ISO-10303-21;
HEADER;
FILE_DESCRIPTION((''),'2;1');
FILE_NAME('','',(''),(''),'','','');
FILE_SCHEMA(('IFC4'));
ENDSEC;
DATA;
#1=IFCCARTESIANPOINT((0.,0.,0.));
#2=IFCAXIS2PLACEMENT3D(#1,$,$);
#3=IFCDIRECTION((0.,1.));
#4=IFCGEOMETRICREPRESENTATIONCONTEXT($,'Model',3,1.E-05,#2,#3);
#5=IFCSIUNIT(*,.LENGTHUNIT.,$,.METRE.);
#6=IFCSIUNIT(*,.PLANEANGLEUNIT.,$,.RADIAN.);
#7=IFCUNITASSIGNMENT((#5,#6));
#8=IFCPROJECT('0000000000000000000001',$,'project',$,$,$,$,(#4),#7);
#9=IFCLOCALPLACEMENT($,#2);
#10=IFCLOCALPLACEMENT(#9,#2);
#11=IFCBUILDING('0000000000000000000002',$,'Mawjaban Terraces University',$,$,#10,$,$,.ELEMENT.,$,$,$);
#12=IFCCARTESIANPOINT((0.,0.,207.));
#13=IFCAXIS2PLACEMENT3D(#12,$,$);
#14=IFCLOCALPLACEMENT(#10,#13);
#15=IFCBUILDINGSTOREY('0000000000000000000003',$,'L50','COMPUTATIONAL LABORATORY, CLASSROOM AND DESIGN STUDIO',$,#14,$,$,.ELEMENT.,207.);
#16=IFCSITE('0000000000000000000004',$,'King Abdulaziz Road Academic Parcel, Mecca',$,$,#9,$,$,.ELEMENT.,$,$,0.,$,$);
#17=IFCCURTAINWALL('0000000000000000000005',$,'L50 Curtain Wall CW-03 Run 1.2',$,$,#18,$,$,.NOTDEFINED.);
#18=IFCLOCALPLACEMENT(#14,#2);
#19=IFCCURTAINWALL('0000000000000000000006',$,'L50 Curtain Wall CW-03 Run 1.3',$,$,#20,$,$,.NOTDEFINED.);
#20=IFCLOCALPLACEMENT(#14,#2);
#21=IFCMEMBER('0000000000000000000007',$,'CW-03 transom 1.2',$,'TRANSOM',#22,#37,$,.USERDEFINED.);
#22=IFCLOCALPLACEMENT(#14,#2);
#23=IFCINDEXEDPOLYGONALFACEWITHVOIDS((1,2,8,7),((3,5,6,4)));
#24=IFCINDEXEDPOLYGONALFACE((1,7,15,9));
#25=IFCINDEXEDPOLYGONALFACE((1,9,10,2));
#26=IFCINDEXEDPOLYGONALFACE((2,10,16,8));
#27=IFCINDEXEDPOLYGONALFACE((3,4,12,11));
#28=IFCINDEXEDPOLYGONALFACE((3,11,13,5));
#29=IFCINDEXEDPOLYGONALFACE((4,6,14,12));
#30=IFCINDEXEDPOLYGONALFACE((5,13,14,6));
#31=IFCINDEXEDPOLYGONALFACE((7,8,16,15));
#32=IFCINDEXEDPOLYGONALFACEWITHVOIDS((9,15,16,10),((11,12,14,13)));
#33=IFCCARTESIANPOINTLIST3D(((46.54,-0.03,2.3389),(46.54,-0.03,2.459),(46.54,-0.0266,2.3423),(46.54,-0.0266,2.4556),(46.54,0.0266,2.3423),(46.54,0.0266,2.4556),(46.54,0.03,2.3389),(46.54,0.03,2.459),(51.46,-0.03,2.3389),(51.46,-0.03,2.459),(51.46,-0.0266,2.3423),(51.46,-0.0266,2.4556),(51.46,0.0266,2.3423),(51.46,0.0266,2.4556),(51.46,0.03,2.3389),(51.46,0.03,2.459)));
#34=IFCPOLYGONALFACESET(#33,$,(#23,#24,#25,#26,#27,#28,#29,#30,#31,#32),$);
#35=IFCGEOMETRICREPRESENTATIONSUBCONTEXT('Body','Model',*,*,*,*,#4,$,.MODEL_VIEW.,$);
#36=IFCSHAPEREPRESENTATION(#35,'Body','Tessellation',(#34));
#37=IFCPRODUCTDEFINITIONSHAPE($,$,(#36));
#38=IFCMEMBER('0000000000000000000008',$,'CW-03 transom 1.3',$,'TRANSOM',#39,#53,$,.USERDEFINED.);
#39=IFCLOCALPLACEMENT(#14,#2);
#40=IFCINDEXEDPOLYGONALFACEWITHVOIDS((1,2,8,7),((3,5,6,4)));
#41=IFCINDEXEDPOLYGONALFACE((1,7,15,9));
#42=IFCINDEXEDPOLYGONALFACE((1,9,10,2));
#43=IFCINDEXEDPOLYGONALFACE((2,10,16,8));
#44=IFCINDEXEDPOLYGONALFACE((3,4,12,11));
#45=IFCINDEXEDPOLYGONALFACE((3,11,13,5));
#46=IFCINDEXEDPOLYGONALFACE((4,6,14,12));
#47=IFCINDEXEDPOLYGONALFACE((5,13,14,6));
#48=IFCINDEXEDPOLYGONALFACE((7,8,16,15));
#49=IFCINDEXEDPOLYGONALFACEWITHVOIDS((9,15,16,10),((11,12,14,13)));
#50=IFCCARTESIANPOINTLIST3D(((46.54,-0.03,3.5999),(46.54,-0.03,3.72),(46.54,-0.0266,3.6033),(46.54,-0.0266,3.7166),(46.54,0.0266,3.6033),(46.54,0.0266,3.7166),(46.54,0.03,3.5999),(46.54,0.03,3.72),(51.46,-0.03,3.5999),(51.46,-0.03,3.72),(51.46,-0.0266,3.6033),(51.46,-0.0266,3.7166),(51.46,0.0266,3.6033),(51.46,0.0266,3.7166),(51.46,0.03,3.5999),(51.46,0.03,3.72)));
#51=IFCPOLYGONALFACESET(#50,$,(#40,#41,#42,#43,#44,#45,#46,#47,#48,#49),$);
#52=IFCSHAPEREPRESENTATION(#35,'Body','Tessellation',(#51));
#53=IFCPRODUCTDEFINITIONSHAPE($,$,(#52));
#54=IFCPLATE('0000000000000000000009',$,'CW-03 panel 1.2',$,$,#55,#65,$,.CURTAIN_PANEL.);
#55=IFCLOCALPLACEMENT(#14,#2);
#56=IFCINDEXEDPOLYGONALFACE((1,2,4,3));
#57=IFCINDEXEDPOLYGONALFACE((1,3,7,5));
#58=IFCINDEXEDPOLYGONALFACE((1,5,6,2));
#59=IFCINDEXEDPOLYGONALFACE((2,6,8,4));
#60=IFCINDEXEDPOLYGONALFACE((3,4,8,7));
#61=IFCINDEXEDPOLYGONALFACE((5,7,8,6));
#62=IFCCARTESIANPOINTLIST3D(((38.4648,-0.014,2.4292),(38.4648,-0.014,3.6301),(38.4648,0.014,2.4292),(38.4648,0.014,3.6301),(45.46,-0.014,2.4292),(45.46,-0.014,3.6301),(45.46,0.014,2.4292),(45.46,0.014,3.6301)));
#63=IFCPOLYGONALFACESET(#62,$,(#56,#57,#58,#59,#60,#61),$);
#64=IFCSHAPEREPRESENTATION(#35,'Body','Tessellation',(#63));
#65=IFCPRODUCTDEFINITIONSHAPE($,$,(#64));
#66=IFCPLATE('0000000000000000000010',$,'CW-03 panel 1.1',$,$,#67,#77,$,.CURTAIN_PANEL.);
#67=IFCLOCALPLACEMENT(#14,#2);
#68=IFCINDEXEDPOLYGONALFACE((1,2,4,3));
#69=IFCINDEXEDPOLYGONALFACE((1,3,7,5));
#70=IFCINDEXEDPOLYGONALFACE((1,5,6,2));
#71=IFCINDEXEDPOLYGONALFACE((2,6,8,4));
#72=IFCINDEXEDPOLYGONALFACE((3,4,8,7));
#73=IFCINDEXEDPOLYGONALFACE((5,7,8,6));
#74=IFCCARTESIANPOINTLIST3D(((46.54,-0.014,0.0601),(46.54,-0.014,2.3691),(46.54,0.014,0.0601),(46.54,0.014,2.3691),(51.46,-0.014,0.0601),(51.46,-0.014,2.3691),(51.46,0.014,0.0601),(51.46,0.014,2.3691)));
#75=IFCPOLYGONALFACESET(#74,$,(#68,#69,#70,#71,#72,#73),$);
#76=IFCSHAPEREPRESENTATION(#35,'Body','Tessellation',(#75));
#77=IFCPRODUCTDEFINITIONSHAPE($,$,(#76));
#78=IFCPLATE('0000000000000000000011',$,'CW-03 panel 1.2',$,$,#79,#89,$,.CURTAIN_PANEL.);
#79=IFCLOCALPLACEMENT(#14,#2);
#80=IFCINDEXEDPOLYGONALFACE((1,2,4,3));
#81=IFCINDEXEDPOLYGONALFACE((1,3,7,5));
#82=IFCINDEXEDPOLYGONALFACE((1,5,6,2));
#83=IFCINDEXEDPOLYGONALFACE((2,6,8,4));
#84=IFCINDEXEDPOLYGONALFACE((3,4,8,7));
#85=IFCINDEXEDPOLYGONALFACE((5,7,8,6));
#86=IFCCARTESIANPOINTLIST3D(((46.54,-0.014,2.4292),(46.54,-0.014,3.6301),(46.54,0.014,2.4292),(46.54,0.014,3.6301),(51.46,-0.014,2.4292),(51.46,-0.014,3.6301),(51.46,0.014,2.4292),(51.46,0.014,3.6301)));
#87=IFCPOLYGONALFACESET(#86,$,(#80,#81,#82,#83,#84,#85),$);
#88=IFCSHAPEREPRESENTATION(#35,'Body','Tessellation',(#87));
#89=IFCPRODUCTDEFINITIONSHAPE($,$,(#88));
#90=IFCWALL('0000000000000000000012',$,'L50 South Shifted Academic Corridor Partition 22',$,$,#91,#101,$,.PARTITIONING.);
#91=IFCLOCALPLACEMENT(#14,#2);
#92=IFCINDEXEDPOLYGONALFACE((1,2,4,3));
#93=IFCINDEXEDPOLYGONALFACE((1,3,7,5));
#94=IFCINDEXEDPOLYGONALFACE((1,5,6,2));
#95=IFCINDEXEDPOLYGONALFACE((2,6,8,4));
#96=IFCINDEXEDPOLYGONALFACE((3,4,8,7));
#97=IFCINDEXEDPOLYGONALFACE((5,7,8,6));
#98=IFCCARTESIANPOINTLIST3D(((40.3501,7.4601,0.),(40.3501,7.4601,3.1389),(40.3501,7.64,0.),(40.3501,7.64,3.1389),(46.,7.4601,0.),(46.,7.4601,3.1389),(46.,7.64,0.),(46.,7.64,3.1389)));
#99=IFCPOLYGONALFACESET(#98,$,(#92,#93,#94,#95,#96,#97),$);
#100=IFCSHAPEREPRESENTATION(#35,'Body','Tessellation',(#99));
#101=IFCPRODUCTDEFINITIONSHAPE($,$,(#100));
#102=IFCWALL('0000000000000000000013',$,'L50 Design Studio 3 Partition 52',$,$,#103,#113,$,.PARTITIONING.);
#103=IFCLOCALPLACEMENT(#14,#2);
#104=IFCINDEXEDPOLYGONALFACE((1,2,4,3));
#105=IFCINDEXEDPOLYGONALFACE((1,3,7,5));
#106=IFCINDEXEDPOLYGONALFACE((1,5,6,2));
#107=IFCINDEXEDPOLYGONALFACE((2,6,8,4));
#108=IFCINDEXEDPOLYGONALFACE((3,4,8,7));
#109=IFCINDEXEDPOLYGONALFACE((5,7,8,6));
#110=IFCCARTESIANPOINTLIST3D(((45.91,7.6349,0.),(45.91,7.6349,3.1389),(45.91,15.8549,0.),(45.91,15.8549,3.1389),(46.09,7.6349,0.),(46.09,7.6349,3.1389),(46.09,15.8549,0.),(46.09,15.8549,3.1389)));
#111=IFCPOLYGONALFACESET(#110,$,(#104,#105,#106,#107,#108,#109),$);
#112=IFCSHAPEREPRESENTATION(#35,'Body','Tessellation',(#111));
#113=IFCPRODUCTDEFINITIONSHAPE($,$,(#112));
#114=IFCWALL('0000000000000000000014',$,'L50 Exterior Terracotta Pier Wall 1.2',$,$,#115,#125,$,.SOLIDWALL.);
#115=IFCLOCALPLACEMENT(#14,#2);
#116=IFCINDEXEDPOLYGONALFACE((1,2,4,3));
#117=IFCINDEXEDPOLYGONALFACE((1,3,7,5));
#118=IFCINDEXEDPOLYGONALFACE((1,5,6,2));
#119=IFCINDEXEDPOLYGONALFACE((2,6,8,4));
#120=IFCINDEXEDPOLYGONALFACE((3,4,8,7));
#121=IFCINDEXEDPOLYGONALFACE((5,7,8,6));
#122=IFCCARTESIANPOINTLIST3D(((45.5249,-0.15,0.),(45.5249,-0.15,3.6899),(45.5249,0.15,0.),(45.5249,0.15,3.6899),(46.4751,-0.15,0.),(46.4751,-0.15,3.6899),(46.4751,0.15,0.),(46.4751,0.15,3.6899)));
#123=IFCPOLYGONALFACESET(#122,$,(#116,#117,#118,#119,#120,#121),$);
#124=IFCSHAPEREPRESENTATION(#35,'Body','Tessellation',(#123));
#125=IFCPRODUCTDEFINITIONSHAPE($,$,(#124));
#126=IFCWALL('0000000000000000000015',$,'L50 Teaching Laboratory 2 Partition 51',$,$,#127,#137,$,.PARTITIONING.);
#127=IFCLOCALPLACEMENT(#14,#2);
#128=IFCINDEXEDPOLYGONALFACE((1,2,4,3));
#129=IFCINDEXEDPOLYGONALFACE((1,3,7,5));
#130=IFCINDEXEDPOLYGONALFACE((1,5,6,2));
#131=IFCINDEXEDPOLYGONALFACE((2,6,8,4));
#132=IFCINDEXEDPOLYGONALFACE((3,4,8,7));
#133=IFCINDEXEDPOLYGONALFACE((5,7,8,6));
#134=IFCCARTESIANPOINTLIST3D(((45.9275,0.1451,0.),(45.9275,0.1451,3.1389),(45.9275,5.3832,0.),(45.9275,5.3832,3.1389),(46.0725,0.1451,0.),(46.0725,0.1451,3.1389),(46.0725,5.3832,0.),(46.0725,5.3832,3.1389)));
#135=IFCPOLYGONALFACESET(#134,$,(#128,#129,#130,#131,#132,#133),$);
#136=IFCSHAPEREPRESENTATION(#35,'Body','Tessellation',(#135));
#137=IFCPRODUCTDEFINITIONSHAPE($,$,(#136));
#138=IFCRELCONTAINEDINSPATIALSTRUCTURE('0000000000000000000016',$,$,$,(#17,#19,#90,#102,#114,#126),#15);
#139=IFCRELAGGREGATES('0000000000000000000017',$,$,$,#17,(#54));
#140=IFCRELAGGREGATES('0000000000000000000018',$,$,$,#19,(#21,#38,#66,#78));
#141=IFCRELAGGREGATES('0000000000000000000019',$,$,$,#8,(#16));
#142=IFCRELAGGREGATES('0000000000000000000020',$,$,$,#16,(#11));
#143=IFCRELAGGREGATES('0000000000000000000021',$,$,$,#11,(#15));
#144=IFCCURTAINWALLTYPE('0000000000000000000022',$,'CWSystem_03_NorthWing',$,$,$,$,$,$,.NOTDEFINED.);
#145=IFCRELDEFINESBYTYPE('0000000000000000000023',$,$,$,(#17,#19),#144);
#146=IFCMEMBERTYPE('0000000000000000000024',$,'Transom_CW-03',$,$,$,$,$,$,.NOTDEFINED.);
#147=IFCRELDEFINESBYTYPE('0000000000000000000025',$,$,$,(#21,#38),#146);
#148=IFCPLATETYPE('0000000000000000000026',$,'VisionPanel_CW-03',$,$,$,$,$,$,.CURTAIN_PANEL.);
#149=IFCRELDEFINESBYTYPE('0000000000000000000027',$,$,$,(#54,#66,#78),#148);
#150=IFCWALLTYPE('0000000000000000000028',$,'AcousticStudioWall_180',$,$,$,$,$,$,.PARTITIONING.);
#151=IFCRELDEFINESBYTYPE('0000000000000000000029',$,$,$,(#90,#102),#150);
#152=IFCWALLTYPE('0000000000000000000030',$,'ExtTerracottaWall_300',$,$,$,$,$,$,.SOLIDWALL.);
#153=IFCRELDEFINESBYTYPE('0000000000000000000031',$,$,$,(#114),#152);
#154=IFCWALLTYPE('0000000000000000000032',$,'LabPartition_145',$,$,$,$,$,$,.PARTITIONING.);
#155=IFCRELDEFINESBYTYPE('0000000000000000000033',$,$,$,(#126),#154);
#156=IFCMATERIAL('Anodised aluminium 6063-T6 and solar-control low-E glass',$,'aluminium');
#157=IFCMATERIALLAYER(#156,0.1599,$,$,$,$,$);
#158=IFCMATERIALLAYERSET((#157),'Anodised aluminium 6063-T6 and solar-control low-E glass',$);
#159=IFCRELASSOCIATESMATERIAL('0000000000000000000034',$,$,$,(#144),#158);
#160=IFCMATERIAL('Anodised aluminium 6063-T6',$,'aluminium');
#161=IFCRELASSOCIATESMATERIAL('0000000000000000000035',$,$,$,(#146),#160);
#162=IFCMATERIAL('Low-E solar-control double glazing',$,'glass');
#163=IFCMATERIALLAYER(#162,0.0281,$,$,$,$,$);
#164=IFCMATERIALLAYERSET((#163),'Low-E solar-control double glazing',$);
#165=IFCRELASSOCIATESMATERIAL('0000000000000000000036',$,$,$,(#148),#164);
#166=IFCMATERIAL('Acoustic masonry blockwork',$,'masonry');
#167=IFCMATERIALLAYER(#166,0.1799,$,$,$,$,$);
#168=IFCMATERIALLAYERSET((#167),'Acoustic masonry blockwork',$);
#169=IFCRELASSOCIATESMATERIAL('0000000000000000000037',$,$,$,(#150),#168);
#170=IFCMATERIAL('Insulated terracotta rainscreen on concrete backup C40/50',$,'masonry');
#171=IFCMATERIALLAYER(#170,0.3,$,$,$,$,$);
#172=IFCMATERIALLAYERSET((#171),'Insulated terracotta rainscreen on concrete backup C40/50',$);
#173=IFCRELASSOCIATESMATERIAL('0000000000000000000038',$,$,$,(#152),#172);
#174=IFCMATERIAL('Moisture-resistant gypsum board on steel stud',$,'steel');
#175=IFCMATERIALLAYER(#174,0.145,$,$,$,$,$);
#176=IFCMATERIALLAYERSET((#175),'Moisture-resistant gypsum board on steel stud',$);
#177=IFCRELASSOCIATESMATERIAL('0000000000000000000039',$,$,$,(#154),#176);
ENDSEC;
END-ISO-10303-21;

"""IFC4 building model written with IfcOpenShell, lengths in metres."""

from ifc_helpers import new_model, si_unit, direction, frame, frame_2d, origin, origin_2d, place, context, subcontext, project, spatial, rectangle, hollow_rectangle, extrude, material, layer, layer_set, material_profile, profile_set, type_object, element, aggregate, save


model = new_model("IFC4")

# Units and contexts
model_context = context("Model", 3, precision=1e-05, world=origin(), true_north=direction((0.0, 1.0)))
body_context = subcontext(model_context, "Body", "Model", "MODEL_VIEW")
ifc_project = project(units=[si_unit("LENGTHUNIT", "METRE"), si_unit("PLANEANGLEUNIT", "RADIAN")], contexts=[model_context])

# Site, building, storey
site_placement = place(None, origin())
site = spatial("IfcSite", under=ifc_project, at=site_placement, Name="King Abdulaziz Road Academic Parcel, Mecca", CompositionType="ELEMENT", RefElevation=0.0)
building_placement = place(site_placement, origin())
building = spatial("IfcBuilding", under=site, at=building_placement, Name="Mawjaban Terraces University", CompositionType="ELEMENT")
storey_placement = place(building_placement, frame((0.0, 0.0, 207.0)))
storey = spatial("IfcBuildingStorey", under=building, at=storey_placement, Name="L50", Description="COMPUTATIONAL LABORATORY, CLASSROOM AND DESIGN STUDIO", CompositionType="ELEMENT", Elevation=207.0)

# Curtain wall
ifc_material_1 = material(Name="Anodised aluminium 6063-T6 and solar-control low-E glass", Category="aluminium")
ifc_layer_1 = layer(ifc_material_1, 0.1599)
ifc_layer_set_1 = layer_set([ifc_layer_1], Name="Anodised aluminium 6063-T6 and solar-control low-E glass")
curtain_wall_type = type_object("IfcCurtainWallType", Name="CWSystem_03_NorthWing", PredefinedType="NOTDEFINED", material=ifc_layer_set_1)
curtain_wall_1_placement = place(storey_placement, origin())
curtain_wall_1 = element("IfcCurtainWall", 1, at=curtain_wall_1_placement, inside=storey, type_object=curtain_wall_type, Name="L50 Curtain Wall CW-03 Run 1.2", PredefinedType="NOTDEFINED")
ifc_material_2 = material(Name="Anodised aluminium 6063-T6", Category="aluminium")

# Curtain wall, members
curtain_wall_2_placement = place(storey_placement, origin())
curtain_wall_2 = element("IfcCurtainWall", 2, at=curtain_wall_2_placement, inside=storey, type_object=curtain_wall_type, Name="L50 Curtain Wall CW-03 Run 1.3", PredefinedType="NOTDEFINED")
ifc_material_profile_1 = material_profile(ifc_material_2, hollow_rectangle(XDim=0.0601, YDim=0.1201, WallThickness=0.0034, at=origin_2d()), Name="ALU120X60X3.5")
ifc_profile_set_1 = profile_set([ifc_material_profile_1], Name="Anodised aluminium 6063-T6")
member_type_1 = type_object("IfcMemberType", Name="Transom_CW-03", PredefinedType="NOTDEFINED", material=ifc_profile_set_1)
member_1_placement = place(storey_placement, frame((46.54, 0.0, 2.3989), z_axis=(1.0, 0.0, 0.0), x_axis=(0.0, 1.0, 0.0)))
member_1 = element("IfcMember", 3, at=member_1_placement, type_object=member_type_1, Name="CW-03 transom 1.2", ObjectType="TRANSOM", PredefinedType="USERDEFINED", context=body_context, shape_type="SweptSolid", body=[
    extrude(hollow_rectangle(XDim=0.0601, YDim=0.1201, WallThickness=0.0034, at=origin_2d()), origin(), (0.0, 0.0, 1.0), 4.9199),
])
member_2_placement = place(storey_placement, frame((46.54, 0.0, 3.6599), z_axis=(1.0, 0.0, 0.0), x_axis=(0.0, 1.0, 0.0)))
member_2 = element("IfcMember", 4, at=member_2_placement, type_object=member_type_1, Name="CW-03 transom 1.3", ObjectType="TRANSOM", PredefinedType="USERDEFINED", context=body_context, shape_type="SweptSolid", body=[
    extrude(hollow_rectangle(XDim=0.0601, YDim=0.1201, WallThickness=0.0034, at=origin_2d()), origin(), (0.0, 0.0, 1.0), 4.9199),
])

# Plates
ifc_material_3 = material(Name="Low-E solar-control double glazing", Category="glass")
ifc_layer_2 = layer(ifc_material_3, 0.0281)
ifc_layer_set_2 = layer_set([ifc_layer_2], Name="Low-E solar-control double glazing")
plate_type = type_object("IfcPlateType", Name="VisionPanel_CW-03", PredefinedType="CURTAIN_PANEL", material=ifc_layer_set_2)
plate_1_placement = place(storey_placement, frame((41.9624, 0.0, 2.4292), z_axis=(0.0, 0.0, 1.0), x_axis=(1.0, 0.0, 0.0)))
plate_1 = element("IfcPlate", 5, at=plate_1_placement, type_object=plate_type, Name="CW-03 panel 1.2", PredefinedType="CURTAIN_PANEL", context=body_context, shape_type="SweptSolid", body=[
    extrude(rectangle(XDim=6.9951, YDim=0.0281, at=origin_2d()), origin(), (0.0, 0.0, 1.0), 1.2009),
])
aggregate(curtain_wall_1, [plate_1])
plate_2_placement = place(storey_placement, frame((49.0, 0.0, 0.0601), z_axis=(0.0, 0.0, 1.0), x_axis=(1.0, 0.0, 0.0)))
plate_2 = element("IfcPlate", 6, at=plate_2_placement, type_object=plate_type, Name="CW-03 panel 1.1", PredefinedType="CURTAIN_PANEL", context=body_context, shape_type="SweptSolid", body=[
    extrude(rectangle(XDim=4.9199, YDim=0.0281, at=origin_2d()), origin(), (0.0, 0.0, 1.0), 2.3091),
])
plate_3_placement = place(storey_placement, frame((49.0, 0.0, 2.4292), z_axis=(0.0, 0.0, 1.0), x_axis=(1.0, 0.0, 0.0)))
plate_3 = element("IfcPlate", 7, at=plate_3_placement, type_object=plate_type, Name="CW-03 panel 1.2", PredefinedType="CURTAIN_PANEL", context=body_context, shape_type="SweptSolid", body=[
    extrude(rectangle(XDim=4.9199, YDim=0.0281, at=origin_2d()), origin(), (0.0, 0.0, 1.0), 1.2009),
])
aggregate(curtain_wall_2, [member_1, member_2, plate_2, plate_3])

# Walls
ifc_material_4 = material(Name="Acoustic masonry blockwork", Category="masonry")
ifc_layer_3 = layer(ifc_material_4, 0.1799)
ifc_layer_set_3 = layer_set([ifc_layer_3], Name="Acoustic masonry blockwork")
wall_type_1 = type_object("IfcWallType", Name="AcousticStudioWall_180", PredefinedType="PARTITIONING", material=ifc_layer_set_3)
wall_1_placement = place(storey_placement, frame((46.0, 7.55, 0.0), z_axis=(0.0, 0.0, 1.0), x_axis=(-1.0, 0.0, 0.0)))
element("IfcWall", 8, at=wall_1_placement, inside=storey, type_object=wall_type_1, Name="L50 South Shifted Academic Corridor Partition 22", PredefinedType="PARTITIONING", context=body_context, shape_type="SweptSolid", body=[
    extrude(rectangle(XDim=5.6499, YDim=0.1799, at=frame_2d((2.825, 0.0))), origin(), (0.0, 0.0, 1.0), 3.1389),
])
wall_2_placement = place(storey_placement, frame((46.0, 7.635, 0.0), z_axis=(0.0, 0.0, 1.0), x_axis=(0.0, 1.0, 0.0)))
element("IfcWall", 9, at=wall_2_placement, inside=storey, type_object=wall_type_1, Name="L50 Design Studio 3 Partition 52", PredefinedType="PARTITIONING", context=body_context, shape_type="SweptSolid", body=[
    extrude(rectangle(XDim=8.22, YDim=0.1799, at=frame_2d((4.1099, 0.0))), origin(), (0.0, 0.0, 1.0), 3.1389),
])
ifc_material_5 = material(Name="Insulated terracotta rainscreen on concrete backup C40/50", Category="masonry")
ifc_layer_4 = layer(ifc_material_5, 0.3)
ifc_layer_set_4 = layer_set([ifc_layer_4], Name="Insulated terracotta rainscreen on concrete backup C40/50")
wall_type_2 = type_object("IfcWallType", Name="ExtTerracottaWall_300", PredefinedType="SOLIDWALL", material=ifc_layer_set_4)
wall_3_placement = place(storey_placement, frame((45.5249, 0.0, 0.0), z_axis=(0.0, 0.0, 1.0), x_axis=(1.0, 0.0, 0.0)))
element("IfcWall", 10, at=wall_3_placement, inside=storey, type_object=wall_type_2, Name="L50 Exterior Terracotta Pier Wall 1.2", PredefinedType="SOLIDWALL", context=body_context, shape_type="SweptSolid", body=[
    extrude(rectangle(XDim=0.9502, YDim=0.3, at=frame_2d((0.4751, 0.0))), origin(), (0.0, 0.0, 1.0), 3.6899),
])

# Shared definitions
ifc_material_6 = material(Name="Moisture-resistant gypsum board on steel stud", Category="steel")
ifc_layer_5 = layer(ifc_material_6, 0.145)
ifc_layer_set_5 = layer_set([ifc_layer_5], Name="Moisture-resistant gypsum board on steel stud")
wall_type_3 = type_object("IfcWallType", Name="LabPartition_145", PredefinedType="PARTITIONING", material=ifc_layer_set_5)

# Wall
wall_4_placement = place(storey_placement, frame((46.0, 0.145, 0.0), z_axis=(0.0, 0.0, 1.0), x_axis=(0.0, 1.0, 0.0)))
element("IfcWall", 11, at=wall_4_placement, inside=storey, type_object=wall_type_3, Name="L50 Teaching Laboratory 2 Partition 51", PredefinedType="PARTITIONING", context=body_context, shape_type="SweptSolid", body=[
    extrude(rectangle(XDim=5.238, YDim=0.145, at=frame_2d((2.6191, 0.0))), origin(), (0.0, 0.0, 1.0), 3.1389),
])

save(model, "model.ifc")
